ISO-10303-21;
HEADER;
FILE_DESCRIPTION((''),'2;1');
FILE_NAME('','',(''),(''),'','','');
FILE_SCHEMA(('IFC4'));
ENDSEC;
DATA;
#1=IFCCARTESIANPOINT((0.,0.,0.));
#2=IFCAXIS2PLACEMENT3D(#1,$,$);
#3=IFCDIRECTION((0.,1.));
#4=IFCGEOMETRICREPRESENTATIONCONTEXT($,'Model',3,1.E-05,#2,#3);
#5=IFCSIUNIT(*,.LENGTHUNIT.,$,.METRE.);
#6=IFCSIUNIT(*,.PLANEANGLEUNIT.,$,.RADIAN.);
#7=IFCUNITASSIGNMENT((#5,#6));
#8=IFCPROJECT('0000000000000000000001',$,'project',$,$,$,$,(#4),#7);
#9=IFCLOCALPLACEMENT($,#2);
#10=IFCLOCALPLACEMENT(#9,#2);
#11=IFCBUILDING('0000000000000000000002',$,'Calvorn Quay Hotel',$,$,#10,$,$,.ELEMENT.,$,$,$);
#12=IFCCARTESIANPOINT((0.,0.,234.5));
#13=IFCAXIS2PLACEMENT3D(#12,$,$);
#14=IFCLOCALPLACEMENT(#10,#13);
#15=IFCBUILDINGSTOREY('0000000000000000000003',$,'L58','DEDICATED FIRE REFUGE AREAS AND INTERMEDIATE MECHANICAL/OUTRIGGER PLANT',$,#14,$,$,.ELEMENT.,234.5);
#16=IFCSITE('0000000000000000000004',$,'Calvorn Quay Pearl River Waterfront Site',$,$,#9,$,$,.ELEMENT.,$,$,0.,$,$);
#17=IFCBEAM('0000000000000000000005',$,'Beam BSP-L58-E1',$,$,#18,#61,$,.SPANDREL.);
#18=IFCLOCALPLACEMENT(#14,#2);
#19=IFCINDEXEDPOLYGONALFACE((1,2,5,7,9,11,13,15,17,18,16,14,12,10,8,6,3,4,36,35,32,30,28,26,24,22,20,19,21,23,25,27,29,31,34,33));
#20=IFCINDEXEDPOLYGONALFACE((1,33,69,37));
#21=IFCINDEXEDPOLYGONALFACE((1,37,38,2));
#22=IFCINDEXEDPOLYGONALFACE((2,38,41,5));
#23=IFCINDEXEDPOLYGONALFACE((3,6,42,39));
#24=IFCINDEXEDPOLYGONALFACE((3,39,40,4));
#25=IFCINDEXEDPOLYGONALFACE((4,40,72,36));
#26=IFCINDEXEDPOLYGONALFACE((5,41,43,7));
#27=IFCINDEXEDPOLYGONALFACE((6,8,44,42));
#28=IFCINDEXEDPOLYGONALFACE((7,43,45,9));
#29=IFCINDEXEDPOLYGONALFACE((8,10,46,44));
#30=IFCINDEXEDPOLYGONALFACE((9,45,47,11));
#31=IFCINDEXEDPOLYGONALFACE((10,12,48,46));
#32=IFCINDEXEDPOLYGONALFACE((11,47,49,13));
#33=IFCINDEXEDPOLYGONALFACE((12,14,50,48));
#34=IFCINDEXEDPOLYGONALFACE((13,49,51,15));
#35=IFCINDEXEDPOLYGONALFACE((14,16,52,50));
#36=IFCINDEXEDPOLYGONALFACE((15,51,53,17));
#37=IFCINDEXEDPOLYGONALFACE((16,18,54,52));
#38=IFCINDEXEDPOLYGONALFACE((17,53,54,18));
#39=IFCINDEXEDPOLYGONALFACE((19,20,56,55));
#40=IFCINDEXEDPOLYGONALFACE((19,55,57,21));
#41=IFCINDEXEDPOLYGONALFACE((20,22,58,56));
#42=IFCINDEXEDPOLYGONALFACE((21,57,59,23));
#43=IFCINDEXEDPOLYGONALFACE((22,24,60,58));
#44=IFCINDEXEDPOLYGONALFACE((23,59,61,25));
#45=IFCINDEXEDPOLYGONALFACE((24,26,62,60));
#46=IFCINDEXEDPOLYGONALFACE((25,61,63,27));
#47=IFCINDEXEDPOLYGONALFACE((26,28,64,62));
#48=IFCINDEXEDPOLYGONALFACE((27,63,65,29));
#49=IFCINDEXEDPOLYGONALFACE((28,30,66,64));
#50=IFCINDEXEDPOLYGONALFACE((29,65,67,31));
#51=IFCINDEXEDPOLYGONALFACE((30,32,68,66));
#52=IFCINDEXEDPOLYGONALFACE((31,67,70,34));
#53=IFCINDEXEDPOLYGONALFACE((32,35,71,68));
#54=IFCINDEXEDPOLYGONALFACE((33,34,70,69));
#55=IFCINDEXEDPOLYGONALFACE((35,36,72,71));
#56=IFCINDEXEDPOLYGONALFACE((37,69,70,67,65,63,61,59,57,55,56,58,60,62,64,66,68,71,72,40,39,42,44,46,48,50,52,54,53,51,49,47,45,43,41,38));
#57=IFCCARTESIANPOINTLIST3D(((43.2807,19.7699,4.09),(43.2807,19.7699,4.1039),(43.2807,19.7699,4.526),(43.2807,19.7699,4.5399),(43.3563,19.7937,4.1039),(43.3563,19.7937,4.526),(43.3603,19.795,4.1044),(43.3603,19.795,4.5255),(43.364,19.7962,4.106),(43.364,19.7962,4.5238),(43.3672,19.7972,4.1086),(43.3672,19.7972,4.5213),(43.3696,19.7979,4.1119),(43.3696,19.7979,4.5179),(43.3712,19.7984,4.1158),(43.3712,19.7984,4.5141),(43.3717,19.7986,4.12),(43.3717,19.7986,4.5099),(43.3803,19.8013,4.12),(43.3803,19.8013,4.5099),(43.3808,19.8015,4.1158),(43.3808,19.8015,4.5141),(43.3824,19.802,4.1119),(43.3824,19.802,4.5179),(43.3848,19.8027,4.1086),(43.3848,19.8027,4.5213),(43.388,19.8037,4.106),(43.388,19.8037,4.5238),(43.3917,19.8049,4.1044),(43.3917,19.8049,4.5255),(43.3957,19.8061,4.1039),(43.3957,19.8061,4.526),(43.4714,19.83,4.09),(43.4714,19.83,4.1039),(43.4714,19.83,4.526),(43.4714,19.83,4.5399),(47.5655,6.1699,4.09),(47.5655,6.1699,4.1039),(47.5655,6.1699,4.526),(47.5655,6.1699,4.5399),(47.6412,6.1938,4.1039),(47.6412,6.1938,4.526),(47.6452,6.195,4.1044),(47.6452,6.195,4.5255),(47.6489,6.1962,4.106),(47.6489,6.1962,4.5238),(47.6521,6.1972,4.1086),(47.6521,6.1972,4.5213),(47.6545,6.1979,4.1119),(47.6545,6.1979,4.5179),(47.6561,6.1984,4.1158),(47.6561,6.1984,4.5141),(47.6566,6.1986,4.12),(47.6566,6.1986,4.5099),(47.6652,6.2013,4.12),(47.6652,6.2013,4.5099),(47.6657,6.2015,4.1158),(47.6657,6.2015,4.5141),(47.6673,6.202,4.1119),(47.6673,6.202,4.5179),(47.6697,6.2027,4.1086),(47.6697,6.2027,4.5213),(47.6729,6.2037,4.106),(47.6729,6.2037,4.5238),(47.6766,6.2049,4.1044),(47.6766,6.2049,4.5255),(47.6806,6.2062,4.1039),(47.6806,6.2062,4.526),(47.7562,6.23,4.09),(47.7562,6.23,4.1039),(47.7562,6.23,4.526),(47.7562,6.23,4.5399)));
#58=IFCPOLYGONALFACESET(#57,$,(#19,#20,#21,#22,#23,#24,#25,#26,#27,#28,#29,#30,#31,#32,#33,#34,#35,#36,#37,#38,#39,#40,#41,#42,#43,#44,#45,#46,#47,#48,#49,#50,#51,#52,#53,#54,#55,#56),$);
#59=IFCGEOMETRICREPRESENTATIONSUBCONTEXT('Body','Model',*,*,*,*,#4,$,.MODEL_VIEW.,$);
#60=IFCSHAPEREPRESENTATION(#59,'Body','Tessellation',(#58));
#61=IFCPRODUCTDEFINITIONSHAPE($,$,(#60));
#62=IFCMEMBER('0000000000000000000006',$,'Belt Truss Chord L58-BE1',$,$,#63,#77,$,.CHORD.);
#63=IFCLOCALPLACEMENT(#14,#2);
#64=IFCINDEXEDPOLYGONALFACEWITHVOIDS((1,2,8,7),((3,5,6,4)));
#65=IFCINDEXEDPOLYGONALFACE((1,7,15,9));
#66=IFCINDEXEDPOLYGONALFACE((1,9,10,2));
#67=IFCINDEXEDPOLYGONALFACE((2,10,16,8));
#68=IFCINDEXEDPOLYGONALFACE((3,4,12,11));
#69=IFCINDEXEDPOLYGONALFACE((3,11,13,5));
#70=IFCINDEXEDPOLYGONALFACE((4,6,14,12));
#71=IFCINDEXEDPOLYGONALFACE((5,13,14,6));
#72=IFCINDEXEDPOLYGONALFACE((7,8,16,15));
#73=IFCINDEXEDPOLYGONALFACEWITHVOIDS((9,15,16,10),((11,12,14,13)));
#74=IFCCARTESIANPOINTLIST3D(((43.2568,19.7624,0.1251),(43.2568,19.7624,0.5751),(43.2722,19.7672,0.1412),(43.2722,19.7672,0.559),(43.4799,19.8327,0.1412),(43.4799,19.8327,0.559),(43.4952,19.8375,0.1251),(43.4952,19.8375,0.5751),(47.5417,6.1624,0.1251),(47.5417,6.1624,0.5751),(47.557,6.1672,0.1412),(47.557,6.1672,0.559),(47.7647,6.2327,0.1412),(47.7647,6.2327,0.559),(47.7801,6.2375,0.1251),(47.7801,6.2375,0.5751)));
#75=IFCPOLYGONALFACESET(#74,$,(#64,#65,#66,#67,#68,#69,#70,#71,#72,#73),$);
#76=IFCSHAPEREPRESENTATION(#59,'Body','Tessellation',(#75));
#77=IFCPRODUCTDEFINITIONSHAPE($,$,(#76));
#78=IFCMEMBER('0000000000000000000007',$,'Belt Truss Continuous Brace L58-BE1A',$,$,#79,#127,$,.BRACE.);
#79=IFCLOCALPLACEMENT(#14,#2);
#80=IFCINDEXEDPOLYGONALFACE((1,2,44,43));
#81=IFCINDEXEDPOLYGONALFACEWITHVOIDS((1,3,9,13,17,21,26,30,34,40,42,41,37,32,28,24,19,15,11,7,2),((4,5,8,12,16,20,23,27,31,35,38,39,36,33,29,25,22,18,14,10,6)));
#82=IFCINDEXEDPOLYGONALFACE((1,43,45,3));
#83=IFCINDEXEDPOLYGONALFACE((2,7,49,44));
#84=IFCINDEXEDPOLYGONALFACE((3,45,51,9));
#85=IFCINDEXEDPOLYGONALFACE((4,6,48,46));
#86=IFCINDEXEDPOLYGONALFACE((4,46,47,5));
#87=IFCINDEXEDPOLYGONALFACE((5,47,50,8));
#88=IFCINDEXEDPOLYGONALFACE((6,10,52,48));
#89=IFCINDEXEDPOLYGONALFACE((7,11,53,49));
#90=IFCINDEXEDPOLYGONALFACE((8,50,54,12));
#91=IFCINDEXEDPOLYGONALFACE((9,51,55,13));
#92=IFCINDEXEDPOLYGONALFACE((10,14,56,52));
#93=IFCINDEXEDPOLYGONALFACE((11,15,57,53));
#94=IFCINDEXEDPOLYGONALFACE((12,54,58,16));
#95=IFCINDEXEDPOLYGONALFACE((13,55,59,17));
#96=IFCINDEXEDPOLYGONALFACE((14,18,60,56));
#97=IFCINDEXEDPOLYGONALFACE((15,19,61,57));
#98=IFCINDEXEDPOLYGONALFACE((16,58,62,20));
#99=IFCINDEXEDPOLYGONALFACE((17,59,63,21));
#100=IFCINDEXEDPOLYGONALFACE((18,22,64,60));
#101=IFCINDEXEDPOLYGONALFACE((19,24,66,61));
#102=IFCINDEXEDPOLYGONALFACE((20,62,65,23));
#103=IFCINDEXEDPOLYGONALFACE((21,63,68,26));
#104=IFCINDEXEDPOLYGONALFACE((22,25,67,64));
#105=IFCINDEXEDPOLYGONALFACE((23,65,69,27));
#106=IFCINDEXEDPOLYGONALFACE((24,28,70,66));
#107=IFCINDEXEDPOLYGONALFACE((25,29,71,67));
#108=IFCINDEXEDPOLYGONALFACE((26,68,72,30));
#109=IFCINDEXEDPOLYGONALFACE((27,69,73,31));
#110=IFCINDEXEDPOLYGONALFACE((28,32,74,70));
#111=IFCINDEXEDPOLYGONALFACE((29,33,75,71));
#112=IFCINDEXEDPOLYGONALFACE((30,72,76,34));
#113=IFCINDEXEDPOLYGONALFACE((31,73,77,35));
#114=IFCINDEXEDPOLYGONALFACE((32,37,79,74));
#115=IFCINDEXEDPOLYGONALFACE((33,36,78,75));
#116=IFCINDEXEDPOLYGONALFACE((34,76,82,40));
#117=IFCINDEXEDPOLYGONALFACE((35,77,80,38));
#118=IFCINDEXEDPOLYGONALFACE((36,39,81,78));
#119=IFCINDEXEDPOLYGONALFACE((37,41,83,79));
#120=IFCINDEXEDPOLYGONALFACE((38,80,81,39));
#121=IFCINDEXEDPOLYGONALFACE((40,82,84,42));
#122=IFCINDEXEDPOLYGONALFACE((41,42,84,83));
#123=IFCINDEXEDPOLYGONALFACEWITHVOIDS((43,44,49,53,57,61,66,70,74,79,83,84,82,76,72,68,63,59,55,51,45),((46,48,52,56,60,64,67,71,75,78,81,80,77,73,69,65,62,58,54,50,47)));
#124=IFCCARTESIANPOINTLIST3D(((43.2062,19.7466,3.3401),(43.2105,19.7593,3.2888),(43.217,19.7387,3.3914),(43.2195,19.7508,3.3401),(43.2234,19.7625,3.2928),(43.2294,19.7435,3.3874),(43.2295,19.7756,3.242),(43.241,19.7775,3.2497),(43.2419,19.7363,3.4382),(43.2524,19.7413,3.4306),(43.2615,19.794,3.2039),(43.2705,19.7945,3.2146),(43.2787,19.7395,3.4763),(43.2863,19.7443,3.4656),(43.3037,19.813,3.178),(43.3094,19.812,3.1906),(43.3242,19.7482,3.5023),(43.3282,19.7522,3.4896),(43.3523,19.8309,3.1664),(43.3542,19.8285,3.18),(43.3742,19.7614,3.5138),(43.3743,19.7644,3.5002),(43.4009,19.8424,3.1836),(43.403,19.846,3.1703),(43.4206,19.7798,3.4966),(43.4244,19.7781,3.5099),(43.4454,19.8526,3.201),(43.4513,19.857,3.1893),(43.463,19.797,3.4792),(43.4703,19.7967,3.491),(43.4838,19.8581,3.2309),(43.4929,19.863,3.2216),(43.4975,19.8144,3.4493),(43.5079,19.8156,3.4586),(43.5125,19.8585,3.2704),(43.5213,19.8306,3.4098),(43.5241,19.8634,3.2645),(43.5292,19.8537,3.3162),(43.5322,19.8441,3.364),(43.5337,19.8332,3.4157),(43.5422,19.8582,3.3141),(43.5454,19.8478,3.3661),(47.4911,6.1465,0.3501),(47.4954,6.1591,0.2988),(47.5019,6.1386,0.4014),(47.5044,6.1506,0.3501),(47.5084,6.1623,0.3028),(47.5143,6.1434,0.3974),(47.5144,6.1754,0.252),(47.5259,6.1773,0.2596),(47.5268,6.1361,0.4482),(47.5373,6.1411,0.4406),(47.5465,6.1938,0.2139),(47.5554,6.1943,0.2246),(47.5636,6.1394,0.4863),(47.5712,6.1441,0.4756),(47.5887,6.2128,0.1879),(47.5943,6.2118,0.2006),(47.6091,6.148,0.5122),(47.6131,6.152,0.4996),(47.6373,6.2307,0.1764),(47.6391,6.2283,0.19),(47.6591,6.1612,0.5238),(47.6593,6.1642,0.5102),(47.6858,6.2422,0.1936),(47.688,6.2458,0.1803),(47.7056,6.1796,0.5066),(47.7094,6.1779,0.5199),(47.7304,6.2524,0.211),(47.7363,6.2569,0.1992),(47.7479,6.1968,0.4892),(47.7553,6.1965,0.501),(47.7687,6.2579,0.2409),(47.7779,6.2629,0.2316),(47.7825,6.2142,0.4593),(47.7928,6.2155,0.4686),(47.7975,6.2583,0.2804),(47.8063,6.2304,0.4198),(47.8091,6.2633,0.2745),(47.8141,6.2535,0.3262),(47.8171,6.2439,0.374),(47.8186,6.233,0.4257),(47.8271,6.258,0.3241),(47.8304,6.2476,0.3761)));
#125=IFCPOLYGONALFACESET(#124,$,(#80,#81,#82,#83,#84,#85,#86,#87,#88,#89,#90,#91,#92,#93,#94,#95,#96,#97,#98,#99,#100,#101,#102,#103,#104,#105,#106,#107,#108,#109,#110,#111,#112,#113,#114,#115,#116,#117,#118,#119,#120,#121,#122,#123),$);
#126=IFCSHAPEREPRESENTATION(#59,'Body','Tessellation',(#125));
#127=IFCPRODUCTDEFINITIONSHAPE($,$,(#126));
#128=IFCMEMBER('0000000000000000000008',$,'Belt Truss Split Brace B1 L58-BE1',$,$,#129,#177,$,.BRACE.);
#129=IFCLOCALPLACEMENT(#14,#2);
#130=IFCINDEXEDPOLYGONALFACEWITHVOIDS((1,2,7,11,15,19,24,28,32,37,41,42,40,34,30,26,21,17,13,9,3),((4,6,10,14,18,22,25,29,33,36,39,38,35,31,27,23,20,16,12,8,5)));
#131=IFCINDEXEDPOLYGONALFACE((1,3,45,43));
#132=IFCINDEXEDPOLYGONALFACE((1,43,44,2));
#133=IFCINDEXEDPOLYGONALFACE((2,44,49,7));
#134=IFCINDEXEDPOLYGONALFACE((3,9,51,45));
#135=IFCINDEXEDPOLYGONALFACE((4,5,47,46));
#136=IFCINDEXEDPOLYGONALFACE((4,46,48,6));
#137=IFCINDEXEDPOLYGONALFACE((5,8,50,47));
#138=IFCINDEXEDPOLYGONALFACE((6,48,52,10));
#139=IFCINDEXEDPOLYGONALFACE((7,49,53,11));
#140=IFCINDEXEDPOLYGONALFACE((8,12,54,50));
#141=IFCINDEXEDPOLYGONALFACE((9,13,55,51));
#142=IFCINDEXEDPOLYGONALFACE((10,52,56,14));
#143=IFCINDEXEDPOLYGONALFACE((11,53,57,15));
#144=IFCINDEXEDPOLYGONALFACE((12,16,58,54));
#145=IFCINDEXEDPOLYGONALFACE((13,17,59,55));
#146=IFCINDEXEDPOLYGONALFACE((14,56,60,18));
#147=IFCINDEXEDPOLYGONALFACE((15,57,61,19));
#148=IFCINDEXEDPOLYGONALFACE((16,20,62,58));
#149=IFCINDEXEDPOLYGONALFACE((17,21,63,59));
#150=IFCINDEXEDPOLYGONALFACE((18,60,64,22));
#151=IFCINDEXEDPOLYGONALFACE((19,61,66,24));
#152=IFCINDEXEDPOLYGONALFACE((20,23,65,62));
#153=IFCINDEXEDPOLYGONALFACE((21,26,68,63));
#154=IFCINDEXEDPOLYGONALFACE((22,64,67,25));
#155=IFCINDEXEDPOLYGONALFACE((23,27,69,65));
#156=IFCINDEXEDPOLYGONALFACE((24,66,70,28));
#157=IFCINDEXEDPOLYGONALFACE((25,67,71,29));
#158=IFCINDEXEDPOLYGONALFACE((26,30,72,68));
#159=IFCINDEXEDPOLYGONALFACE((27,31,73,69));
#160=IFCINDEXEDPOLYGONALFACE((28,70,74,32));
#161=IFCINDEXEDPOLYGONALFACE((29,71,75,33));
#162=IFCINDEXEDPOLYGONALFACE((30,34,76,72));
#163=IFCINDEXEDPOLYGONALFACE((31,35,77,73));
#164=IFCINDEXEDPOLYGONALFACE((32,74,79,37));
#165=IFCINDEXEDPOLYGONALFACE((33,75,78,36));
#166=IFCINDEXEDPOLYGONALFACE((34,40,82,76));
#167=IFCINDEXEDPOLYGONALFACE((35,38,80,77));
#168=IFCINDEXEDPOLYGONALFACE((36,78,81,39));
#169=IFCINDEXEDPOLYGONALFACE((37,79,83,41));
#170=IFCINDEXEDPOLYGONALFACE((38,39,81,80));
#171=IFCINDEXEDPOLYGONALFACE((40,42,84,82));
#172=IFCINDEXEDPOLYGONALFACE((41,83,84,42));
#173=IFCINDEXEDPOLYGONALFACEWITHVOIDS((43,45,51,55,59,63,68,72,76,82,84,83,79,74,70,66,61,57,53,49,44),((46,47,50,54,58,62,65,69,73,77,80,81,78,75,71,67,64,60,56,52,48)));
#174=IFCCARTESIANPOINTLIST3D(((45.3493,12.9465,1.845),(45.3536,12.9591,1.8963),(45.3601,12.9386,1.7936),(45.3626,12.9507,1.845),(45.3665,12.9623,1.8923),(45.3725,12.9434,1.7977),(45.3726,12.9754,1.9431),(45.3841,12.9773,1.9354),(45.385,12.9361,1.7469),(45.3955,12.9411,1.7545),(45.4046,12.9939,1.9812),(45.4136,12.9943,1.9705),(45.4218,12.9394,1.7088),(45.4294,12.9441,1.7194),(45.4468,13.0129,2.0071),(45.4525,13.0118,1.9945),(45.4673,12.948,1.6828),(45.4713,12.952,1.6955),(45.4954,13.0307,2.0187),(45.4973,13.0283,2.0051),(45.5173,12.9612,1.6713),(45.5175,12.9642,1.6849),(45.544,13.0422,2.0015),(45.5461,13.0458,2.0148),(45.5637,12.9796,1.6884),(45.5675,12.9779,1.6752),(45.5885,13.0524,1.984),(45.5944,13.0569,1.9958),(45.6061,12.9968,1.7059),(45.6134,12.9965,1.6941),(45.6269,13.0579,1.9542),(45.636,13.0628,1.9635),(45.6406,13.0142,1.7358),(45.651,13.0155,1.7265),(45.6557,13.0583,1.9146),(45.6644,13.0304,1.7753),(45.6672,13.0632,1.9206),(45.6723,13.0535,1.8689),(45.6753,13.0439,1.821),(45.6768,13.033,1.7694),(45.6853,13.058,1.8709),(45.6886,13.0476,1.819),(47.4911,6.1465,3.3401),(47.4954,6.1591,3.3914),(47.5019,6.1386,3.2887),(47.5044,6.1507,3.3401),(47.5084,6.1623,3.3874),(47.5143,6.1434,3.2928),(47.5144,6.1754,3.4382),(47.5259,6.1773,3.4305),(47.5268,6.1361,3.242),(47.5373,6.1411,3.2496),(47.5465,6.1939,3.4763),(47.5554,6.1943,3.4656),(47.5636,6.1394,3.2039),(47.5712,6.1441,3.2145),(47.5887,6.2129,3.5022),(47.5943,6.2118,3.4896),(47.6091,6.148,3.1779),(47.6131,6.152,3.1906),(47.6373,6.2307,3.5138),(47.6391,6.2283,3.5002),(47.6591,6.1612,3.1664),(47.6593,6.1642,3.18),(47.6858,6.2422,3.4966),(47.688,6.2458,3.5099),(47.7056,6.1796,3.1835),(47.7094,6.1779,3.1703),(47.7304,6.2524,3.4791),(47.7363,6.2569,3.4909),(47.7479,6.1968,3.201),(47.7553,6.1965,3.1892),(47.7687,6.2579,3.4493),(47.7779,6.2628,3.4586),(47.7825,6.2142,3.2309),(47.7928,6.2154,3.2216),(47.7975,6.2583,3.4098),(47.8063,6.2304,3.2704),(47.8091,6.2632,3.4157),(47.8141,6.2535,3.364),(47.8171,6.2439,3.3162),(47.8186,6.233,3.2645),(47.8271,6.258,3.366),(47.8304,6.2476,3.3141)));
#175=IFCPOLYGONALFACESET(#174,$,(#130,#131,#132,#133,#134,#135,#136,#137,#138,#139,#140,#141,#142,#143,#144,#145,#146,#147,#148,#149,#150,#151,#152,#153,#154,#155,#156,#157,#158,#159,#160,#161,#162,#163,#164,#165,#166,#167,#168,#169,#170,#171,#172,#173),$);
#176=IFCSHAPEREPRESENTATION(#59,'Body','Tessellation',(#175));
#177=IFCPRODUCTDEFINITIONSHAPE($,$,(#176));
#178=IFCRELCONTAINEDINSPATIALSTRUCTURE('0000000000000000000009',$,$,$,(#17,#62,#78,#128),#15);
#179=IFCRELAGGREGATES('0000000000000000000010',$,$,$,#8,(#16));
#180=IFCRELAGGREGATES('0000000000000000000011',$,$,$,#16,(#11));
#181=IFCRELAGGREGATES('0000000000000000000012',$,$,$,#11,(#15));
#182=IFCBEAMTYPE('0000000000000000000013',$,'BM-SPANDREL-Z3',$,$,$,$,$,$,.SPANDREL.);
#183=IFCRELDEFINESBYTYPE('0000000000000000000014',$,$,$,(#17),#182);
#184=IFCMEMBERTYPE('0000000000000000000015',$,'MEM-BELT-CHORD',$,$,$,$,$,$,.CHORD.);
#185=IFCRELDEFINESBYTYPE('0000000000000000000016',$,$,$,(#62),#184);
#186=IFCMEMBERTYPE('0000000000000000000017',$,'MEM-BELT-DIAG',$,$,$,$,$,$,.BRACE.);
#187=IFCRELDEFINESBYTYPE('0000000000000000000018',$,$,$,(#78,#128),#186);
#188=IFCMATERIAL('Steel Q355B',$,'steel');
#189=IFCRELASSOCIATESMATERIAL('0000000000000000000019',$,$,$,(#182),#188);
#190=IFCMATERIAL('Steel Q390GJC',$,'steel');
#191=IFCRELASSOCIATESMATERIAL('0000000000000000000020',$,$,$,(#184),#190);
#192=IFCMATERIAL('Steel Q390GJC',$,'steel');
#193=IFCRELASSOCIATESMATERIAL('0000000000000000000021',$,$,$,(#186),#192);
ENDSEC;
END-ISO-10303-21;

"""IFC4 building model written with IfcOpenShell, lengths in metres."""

from ifc_helpers import new_model, si_unit, direction, frame, origin, origin_2d, place, context, subcontext, project, spatial, hollow_rectangle, hollow_circle, i_section, extrude, material, material_profile, profile_set, type_object, element, save


model = new_model("IFC4")

# Units and contexts
model_context = context("Model", 3, precision=1e-05, world=origin(), true_north=direction((0.0, 1.0)))
body_context = subcontext(model_context, "Body", "Model", "MODEL_VIEW")
ifc_project = project(units=[si_unit("LENGTHUNIT", "METRE"), si_unit("PLANEANGLEUNIT", "RADIAN")], contexts=[model_context])

# Site, building, storey
site_placement = place(None, origin())
site = spatial("IfcSite", under=ifc_project, at=site_placement, Name="Calvorn Quay Pearl River Waterfront Site", CompositionType="ELEMENT", RefElevation=0.0)
building_placement = place(site_placement, origin())
building = spatial("IfcBuilding", under=site, at=building_placement, Name="Calvorn Quay Hotel", CompositionType="ELEMENT")
storey_placement = place(building_placement, frame((0.0, 0.0, 234.5)))
storey = spatial("IfcBuildingStorey", under=building, at=storey_placement, Name="L58", Description="DEDICATED FIRE REFUGE AREAS AND INTERMEDIATE MECHANICAL/OUTRIGGER PLANT", CompositionType="ELEMENT", Elevation=234.5)

# Beam
ifc_material_1 = material(Name="Steel Q355B", Category="steel")
ifc_material_profile_1 = material_profile(ifc_material_1, i_section(OverallWidth=0.2, OverallDepth=0.45, WebThickness=0.009, FlangeThickness=0.0139, FilletRadius=0.0161, at=origin_2d()), Name="HN450x200x9x14")
ifc_profile_set_1 = profile_set([ifc_material_profile_1], Name="Steel Q355B")
beam_type_1 = type_object("IfcBeamType", Name="BM-SPANDREL-Z3", PredefinedType="SPANDREL", material=ifc_profile_set_1)
beam_1_placement = place(storey_placement, frame((47.6609, 6.2, 4.3149), z_axis=(-0.300503, 0.953781, 0.0), x_axis=(-0.953781, -0.300503, 0.0)))
element("IfcBeam", 1, at=beam_1_placement, inside=storey, type_object=beam_type_1, Name="Beam BSP-L58-E1", PredefinedType="SPANDREL", context=body_context, shape_type="SweptSolid", body=[
    extrude(i_section(OverallWidth=0.2, OverallDepth=0.45, WebThickness=0.009, FlangeThickness=0.0139, FilletRadius=0.0161, at=origin_2d()), origin(), (0.0, 0.0, 1.0), 14.259),
])

# Members
ifc_material_2 = material(Name="Steel Q390GJC", Category="steel")
ifc_material_profile_2 = material_profile(ifc_material_2, hollow_rectangle(XDim=0.25, YDim=0.45, WallThickness=0.0161, at=origin_2d()), Name="RHS450x250x16")
ifc_profile_set_2 = profile_set([ifc_material_profile_2], Name="Steel Q390GJC")
member_type_1 = type_object("IfcMemberType", Name="MEM-BELT-CHORD", PredefinedType="CHORD", material=ifc_profile_set_2)
member_1_placement = place(storey_placement, frame((47.6609, 6.2, 0.3501), z_axis=(-0.300503, 0.953781, 0.0), x_axis=(-0.953781, -0.300503, 0.0)))
element("IfcMember", 2, at=member_1_placement, inside=storey, type_object=member_type_1, Name="Belt Truss Chord L58-BE1", PredefinedType="CHORD", context=body_context, shape_type="SweptSolid", body=[
    extrude(hollow_rectangle(XDim=0.25, YDim=0.45, WallThickness=0.0161, at=origin_2d()), origin(), (0.0, 0.0, 1.0), 14.259),
])
ifc_material_3 = material(Name="Steel Q390GJC", Category="steel")
ifc_material_profile_3 = material_profile(ifc_material_3, hollow_circle(Radius=0.178, WallThickness=0.0139, at=origin_2d()), Name="CHS356x14")
ifc_profile_set_3 = profile_set([ifc_material_profile_3], Name="Steel Q390GJC")
member_type_2 = type_object("IfcMemberType", Name="MEM-BELT-DIAG", PredefinedType="BRACE", material=ifc_profile_set_3)
member_2_placement = place(storey_placement, frame((47.6609, 6.2, 0.3501), z_axis=(-0.294106, 0.933479, 0.205226), x_axis=(-0.953781, -0.300503, 0.0)))
element("IfcMember", 3, at=member_2_placement, inside=storey, type_object=member_type_2, Name="Belt Truss Continuous Brace L58-BE1A", PredefinedType="BRACE", context=body_context, shape_type="SweptSolid", body=[
    extrude(hollow_circle(Radius=0.178, WallThickness=0.0139, at=origin_2d()), origin(), (0.0, 0.0, 1.0), 14.5693),
])
member_3_placement = place(storey_placement, frame((47.6609, 6.2, 3.3401), z_axis=(-0.294029, 0.933499, -0.205247), x_axis=(-0.953805, -0.300425, 0.0)))
element("IfcMember", 4, at=member_3_placement, inside=storey, type_object=member_type_2, Name="Belt Truss Split Brace B1 L58-BE1", PredefinedType="BRACE", context=body_context, shape_type="SweptSolid", body=[
    extrude(hollow_circle(Radius=0.178, WallThickness=0.0139, at=origin_2d()), origin(), (0.0, 0.0, 1.0), 7.2844),
])

save(model, "model.ifc")
